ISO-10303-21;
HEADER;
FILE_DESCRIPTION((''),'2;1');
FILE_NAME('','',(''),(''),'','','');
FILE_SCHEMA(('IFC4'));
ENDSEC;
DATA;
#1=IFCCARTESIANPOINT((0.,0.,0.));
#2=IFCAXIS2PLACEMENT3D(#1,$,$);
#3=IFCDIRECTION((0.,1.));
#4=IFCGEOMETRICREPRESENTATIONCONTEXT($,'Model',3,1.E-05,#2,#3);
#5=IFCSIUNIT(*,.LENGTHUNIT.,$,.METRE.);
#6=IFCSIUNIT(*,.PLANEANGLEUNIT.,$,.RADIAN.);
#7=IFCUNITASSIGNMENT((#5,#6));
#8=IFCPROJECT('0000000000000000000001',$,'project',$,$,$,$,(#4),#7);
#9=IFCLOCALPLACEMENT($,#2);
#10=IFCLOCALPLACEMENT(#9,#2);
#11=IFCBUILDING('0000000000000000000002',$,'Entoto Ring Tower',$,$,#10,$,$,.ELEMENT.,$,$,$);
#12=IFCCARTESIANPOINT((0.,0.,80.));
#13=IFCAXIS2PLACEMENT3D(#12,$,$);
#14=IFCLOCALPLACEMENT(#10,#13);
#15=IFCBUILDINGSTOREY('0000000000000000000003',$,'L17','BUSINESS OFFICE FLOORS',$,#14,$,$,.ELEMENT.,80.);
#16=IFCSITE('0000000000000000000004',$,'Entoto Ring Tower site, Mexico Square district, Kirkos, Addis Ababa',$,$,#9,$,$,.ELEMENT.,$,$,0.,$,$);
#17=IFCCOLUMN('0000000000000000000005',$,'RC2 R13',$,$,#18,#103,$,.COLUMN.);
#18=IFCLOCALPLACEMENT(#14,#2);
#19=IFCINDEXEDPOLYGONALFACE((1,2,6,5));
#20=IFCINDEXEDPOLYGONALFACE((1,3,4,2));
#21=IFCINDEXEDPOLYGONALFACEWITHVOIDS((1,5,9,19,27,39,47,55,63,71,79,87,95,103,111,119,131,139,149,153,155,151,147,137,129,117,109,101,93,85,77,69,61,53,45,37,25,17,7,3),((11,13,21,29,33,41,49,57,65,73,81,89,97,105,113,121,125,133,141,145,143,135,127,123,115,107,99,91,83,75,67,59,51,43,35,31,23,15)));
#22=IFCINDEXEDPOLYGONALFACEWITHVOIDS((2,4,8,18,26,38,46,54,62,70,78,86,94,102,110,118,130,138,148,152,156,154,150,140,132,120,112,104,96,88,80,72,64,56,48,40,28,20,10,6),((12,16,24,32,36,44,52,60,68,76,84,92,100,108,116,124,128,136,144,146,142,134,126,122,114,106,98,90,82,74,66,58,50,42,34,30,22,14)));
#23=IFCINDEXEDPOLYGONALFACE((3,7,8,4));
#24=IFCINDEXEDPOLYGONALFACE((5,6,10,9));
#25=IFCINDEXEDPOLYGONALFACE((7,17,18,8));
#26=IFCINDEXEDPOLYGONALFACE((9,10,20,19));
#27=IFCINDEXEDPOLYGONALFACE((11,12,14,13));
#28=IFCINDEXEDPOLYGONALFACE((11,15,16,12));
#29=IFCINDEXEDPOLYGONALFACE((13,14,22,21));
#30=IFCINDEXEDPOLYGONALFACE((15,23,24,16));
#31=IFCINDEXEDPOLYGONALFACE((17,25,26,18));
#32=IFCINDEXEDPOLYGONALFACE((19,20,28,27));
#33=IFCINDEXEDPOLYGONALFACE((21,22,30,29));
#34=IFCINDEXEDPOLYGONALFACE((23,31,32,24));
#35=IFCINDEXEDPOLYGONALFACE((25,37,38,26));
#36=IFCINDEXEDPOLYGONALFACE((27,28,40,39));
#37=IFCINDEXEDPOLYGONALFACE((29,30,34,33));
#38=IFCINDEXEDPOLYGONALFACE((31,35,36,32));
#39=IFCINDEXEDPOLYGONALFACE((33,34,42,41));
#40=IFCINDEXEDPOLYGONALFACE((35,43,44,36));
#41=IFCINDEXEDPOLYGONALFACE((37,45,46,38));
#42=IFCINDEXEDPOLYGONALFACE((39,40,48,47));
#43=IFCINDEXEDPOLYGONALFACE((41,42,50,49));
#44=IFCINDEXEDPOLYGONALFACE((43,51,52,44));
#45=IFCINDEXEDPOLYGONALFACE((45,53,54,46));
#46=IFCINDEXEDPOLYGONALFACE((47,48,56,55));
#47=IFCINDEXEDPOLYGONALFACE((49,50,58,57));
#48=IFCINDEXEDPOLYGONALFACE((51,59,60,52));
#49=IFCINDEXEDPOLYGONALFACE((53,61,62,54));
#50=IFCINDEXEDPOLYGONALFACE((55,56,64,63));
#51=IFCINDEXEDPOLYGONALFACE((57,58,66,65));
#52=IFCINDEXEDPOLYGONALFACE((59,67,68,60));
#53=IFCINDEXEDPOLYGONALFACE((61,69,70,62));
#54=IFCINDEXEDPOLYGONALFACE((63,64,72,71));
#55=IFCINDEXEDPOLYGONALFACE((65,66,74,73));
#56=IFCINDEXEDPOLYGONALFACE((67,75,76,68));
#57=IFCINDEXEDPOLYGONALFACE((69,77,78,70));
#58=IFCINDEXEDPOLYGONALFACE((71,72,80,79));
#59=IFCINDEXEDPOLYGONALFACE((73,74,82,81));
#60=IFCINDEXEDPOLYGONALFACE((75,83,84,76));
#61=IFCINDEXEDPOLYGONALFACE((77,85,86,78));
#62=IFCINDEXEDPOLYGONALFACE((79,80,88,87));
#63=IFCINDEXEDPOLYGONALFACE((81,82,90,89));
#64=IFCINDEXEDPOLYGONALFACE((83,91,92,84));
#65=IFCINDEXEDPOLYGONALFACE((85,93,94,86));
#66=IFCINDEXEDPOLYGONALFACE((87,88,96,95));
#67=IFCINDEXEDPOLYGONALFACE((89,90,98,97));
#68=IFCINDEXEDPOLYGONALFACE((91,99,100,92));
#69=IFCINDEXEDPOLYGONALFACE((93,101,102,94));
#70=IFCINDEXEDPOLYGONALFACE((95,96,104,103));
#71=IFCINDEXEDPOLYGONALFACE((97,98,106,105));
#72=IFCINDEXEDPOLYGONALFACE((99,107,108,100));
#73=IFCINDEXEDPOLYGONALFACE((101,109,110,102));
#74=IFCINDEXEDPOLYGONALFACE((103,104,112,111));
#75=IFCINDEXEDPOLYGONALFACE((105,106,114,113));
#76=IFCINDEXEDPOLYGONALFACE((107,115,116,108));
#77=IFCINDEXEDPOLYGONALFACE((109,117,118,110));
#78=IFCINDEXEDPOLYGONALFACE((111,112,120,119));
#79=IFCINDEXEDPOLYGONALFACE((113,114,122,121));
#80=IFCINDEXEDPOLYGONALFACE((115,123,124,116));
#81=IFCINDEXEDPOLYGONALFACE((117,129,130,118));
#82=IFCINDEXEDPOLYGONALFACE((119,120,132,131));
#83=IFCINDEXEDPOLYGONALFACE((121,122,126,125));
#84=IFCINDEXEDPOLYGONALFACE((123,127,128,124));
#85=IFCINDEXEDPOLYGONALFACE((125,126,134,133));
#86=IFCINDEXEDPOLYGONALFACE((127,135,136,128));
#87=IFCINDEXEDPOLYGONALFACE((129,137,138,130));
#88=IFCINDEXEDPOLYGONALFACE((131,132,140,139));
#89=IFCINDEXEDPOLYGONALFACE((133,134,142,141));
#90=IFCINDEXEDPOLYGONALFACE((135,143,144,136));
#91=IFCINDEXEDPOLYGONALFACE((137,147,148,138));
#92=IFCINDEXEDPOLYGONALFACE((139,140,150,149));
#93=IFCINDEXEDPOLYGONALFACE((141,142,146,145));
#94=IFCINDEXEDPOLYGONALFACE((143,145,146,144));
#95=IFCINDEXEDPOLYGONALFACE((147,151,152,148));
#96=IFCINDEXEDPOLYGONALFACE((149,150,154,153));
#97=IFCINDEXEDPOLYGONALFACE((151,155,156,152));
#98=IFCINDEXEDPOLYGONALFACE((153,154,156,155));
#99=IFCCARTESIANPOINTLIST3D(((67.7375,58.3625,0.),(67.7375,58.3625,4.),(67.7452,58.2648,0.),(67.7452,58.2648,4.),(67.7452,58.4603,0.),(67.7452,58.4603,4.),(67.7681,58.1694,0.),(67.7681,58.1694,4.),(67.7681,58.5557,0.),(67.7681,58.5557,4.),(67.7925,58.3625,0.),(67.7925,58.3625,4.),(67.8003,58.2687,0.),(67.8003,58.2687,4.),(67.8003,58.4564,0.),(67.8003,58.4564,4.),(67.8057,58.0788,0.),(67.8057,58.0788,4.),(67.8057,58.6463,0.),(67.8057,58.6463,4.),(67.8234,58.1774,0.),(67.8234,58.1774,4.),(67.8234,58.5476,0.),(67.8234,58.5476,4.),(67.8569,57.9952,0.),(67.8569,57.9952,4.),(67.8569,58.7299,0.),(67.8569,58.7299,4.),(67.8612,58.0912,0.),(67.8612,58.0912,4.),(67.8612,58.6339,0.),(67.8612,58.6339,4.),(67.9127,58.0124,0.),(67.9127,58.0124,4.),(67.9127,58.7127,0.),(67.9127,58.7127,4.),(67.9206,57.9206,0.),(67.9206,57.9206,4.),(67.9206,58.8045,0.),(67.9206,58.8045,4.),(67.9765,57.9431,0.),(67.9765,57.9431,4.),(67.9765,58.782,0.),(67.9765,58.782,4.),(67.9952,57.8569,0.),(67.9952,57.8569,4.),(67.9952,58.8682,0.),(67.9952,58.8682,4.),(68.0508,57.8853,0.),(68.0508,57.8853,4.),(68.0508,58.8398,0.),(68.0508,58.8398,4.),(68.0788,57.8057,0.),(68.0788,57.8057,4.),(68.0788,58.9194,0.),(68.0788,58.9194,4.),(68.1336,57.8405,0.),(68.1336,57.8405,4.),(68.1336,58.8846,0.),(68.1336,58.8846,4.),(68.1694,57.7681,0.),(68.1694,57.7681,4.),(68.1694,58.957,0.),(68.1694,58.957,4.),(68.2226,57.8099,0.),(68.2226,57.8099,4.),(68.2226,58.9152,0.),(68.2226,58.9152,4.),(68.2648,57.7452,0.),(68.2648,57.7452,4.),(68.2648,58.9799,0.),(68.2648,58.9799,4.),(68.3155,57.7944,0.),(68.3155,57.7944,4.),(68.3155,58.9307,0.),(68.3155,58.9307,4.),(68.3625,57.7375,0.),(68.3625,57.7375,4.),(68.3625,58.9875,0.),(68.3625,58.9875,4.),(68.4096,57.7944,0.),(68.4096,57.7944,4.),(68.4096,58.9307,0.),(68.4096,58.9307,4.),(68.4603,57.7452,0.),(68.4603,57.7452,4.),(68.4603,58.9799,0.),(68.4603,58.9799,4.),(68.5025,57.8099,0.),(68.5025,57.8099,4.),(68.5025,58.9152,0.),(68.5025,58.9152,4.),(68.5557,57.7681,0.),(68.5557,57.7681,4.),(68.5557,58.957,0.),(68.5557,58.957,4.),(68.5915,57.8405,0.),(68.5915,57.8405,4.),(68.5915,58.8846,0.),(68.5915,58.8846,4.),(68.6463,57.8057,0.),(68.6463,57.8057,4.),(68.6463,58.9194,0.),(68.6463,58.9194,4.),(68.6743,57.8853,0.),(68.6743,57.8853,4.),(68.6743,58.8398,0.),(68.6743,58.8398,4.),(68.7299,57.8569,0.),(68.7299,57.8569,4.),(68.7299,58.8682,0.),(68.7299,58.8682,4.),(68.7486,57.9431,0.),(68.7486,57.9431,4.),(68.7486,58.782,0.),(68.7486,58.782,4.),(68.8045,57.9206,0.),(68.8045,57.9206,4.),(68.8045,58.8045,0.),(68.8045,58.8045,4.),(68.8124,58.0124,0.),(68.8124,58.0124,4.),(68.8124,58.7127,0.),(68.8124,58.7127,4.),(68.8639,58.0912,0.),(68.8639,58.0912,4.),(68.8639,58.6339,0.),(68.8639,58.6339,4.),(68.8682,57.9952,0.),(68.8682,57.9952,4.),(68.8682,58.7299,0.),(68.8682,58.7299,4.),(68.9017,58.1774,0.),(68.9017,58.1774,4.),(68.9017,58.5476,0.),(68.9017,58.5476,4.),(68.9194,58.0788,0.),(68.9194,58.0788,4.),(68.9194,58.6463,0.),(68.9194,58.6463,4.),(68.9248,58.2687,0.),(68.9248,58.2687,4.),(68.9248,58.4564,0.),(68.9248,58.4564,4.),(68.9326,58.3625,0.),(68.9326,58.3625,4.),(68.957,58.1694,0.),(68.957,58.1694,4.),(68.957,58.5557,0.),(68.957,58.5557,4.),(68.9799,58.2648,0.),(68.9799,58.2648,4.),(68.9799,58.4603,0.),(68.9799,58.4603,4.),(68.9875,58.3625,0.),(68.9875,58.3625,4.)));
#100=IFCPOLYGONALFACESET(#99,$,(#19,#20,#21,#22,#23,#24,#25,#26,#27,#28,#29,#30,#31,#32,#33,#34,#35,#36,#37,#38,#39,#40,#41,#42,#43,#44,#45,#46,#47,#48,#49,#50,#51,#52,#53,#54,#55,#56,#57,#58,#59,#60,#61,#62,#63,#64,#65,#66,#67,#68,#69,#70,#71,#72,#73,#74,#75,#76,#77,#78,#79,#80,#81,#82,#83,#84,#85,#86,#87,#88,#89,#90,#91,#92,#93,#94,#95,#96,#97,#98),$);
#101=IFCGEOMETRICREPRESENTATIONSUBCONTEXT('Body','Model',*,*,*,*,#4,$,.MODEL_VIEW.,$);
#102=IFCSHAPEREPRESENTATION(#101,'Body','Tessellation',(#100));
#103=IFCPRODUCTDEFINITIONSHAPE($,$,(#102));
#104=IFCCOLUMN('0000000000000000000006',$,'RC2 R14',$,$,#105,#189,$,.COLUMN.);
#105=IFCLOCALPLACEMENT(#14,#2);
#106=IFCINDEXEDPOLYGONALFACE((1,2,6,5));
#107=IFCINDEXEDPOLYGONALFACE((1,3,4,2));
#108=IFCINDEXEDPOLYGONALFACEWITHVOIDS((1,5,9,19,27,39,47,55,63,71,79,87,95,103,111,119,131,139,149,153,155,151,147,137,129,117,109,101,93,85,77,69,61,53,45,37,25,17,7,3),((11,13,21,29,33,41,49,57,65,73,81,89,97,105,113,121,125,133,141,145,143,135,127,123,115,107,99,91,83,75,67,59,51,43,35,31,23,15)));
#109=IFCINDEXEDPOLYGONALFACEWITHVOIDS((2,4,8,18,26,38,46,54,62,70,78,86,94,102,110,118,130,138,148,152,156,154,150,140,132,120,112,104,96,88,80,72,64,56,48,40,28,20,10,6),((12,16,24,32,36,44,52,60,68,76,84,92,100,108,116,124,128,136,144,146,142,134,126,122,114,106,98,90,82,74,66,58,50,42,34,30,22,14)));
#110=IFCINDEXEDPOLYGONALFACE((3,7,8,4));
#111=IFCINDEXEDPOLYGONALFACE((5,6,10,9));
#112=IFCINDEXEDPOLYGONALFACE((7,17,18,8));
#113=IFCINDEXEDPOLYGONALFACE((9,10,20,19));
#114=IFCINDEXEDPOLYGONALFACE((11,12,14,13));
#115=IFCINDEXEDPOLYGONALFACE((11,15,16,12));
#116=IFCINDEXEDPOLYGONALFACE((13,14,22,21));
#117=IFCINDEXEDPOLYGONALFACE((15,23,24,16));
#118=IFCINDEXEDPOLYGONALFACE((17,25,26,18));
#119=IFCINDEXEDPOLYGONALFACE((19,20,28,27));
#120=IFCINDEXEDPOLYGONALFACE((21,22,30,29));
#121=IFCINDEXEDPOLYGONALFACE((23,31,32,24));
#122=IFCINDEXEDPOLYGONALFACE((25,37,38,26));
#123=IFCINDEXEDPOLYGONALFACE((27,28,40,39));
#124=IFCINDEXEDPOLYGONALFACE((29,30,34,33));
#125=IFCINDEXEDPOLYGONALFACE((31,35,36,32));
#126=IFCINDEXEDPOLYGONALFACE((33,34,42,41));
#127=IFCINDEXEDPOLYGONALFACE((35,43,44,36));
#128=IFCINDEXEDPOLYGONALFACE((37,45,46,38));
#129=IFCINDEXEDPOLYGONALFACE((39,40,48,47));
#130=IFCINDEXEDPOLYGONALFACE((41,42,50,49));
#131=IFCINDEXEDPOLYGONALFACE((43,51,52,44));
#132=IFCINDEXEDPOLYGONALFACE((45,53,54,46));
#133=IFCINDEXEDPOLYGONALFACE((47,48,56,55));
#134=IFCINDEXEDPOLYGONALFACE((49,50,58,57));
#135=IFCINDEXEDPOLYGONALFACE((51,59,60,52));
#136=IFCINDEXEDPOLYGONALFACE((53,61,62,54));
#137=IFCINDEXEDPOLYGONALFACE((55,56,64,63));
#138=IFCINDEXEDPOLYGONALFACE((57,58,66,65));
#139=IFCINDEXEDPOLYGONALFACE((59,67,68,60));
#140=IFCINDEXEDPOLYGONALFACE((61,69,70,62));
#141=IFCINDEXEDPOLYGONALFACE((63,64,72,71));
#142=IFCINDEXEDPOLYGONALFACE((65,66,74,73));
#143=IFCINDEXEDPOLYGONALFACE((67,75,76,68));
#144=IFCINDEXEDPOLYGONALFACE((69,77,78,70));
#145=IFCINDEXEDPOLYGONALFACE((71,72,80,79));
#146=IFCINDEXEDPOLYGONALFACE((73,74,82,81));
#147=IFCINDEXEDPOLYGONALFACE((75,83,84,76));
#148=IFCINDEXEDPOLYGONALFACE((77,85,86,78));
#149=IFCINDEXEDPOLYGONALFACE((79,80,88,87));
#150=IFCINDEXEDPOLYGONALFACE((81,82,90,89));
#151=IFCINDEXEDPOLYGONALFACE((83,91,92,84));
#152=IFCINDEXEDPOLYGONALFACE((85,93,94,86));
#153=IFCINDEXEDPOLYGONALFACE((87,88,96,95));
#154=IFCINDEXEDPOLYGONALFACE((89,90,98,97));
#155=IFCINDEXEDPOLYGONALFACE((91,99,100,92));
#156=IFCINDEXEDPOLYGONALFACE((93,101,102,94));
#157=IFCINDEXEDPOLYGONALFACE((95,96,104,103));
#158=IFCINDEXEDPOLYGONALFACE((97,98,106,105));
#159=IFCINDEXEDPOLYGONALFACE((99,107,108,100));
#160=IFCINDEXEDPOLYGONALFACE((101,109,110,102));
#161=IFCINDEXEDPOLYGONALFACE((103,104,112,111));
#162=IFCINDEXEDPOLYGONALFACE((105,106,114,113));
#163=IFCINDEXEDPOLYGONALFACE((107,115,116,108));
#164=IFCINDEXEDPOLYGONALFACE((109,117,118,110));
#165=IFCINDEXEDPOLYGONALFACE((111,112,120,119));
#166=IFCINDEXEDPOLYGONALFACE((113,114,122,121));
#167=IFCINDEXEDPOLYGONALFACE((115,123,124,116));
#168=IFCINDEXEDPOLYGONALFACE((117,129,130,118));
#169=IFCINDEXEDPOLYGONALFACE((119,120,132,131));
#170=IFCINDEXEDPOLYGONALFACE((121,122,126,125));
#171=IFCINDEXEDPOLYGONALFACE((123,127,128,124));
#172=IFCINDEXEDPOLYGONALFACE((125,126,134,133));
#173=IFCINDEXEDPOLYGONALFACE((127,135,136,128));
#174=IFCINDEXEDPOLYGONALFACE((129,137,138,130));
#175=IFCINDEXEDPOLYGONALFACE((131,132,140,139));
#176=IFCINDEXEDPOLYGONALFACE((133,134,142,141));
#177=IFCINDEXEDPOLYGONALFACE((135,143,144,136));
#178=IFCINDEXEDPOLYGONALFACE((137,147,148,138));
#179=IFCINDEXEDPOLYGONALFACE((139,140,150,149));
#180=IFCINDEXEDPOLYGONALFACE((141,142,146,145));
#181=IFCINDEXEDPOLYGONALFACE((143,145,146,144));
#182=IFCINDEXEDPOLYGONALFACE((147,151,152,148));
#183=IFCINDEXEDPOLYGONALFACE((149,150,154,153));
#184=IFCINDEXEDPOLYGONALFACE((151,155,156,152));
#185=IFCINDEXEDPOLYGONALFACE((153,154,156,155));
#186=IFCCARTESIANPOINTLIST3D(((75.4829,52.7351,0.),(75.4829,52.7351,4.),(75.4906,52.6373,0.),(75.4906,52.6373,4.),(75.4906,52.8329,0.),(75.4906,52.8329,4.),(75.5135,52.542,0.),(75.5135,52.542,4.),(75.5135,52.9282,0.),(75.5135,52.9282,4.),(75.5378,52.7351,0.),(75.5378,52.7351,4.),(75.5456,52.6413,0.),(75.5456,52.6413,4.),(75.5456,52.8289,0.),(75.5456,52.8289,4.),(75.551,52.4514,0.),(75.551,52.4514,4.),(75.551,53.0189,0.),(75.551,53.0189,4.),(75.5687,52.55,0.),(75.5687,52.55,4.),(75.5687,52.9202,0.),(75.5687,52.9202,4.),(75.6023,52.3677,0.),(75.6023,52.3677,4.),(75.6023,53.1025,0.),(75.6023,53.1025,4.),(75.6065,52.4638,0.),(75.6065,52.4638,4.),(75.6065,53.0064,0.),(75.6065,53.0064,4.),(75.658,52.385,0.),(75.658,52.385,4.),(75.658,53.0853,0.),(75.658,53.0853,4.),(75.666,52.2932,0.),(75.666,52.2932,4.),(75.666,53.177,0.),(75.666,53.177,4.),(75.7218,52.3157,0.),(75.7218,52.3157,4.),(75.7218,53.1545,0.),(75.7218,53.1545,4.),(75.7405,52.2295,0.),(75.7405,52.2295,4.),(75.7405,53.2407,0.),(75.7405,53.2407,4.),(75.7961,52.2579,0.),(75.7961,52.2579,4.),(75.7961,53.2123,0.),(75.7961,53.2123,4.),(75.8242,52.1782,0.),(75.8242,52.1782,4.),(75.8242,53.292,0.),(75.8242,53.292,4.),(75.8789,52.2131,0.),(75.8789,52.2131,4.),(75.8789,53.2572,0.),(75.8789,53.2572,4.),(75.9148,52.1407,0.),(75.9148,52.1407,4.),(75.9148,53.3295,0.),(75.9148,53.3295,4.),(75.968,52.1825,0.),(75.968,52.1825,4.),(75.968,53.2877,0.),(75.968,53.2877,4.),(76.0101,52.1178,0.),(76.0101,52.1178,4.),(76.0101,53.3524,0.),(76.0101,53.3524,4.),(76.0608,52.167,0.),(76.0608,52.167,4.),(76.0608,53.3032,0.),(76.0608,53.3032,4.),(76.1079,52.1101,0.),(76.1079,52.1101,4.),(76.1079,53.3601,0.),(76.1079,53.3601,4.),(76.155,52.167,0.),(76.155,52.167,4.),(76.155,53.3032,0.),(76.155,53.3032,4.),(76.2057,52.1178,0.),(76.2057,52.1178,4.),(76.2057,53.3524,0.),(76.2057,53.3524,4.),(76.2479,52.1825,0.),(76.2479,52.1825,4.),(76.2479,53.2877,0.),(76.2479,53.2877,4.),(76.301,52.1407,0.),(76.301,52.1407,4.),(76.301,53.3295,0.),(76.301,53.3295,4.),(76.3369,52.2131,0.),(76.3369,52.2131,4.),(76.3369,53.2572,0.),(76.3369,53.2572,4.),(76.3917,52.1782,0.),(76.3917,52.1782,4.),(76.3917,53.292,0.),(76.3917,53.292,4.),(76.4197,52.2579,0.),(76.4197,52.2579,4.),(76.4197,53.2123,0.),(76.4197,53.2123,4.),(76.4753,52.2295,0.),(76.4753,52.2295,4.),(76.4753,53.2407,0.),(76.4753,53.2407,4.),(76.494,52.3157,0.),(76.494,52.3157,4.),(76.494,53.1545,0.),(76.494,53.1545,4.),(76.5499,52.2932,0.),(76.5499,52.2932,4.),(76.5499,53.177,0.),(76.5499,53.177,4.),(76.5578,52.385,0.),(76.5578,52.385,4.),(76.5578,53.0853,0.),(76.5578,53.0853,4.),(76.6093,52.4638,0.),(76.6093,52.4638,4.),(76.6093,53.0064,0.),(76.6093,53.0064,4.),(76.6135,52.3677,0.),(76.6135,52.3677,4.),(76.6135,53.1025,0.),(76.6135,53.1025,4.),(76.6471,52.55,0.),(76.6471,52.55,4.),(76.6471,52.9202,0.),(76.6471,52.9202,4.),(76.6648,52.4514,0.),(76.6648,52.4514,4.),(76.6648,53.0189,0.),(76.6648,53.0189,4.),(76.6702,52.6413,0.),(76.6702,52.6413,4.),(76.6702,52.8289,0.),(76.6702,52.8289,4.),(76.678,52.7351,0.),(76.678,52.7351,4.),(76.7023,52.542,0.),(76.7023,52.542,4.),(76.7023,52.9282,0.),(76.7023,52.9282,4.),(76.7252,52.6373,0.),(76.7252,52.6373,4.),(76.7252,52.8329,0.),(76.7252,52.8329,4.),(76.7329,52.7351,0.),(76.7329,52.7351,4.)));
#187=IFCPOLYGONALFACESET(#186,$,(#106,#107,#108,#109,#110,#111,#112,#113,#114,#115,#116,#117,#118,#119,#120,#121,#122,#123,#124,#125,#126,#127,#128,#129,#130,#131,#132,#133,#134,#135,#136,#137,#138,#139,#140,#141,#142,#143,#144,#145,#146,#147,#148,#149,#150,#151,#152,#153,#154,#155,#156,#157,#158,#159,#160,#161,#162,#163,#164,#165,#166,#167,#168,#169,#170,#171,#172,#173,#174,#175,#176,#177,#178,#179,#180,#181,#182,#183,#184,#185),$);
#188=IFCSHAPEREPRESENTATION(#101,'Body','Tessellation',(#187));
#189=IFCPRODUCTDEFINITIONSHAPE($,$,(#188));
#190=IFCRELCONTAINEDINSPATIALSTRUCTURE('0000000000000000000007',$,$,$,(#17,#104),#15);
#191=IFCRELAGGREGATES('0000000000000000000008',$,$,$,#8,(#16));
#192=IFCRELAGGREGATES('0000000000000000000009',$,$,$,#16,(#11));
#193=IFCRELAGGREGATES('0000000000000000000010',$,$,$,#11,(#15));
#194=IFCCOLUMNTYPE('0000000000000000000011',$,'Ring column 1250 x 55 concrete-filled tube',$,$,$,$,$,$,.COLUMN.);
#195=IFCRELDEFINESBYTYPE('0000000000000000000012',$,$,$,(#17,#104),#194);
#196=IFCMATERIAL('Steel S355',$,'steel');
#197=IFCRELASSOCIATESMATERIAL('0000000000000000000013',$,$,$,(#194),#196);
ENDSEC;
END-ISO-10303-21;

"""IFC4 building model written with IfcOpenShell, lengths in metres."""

from ifc_helpers import new_model, si_unit, direction, frame, origin, origin_2d, place, context, subcontext, project, spatial, circle, hollow_circle, extrude, material, material_profile, profile_set, type_object, element, save


model = new_model("IFC4")

# Units and contexts
model_context = context("Model", 3, precision=1e-05, world=origin(), true_north=direction((0.0, 1.0)))
body_context = subcontext(model_context, "Body", "Model", "MODEL_VIEW")
ifc_project = project(units=[si_unit("LENGTHUNIT", "METRE"), si_unit("PLANEANGLEUNIT", "RADIAN")], contexts=[model_context])

# Site, building, storey
site_placement = place(None, origin())
site = spatial("IfcSite", under=ifc_project, at=site_placement, Name="Entoto Ring Tower site, Mexico Square district, Kirkos, Addis Ababa", CompositionType="ELEMENT", RefElevation=0.0)
building_placement = place(site_placement, origin())
building = spatial("IfcBuilding", under=site, at=building_placement, Name="Entoto Ring Tower", CompositionType="ELEMENT")
storey_placement = place(building_placement, frame((0.0, 0.0, 80.0)))
storey = spatial("IfcBuildingStorey", under=building, at=storey_placement, Name="L17", Description="BUSINESS OFFICE FLOORS", CompositionType="ELEMENT", Elevation=80.0)

# Columns
ifc_material_1 = material(Name="Steel S355", Category="steel")
ifc_material_profile_1 = material_profile(ifc_material_1, hollow_circle(Radius=0.625, WallThickness=0.0549, at=origin_2d()), Name="CHS 1250 x 55")
ifc_material_2 = material(Name="Concrete C60/75", Category="concrete")
ifc_material_profile_2 = material_profile(ifc_material_2, circle(Radius=0.5701, at=origin_2d()), Name="Concrete C60/75 infill")
ifc_profile_set_1 = profile_set([ifc_material_profile_1, ifc_material_profile_2], Name="Steel S355")
column_type = type_object("IfcColumnType", Name="Ring column 1250 x 55 concrete-filled tube", PredefinedType="COLUMN", material=ifc_profile_set_1)
for number, where, z_axis, x_axis, name in (
    (1, (68.3625, 58.3625, 0.0), (0.0, 0.0, 1.0), (1.0, 0.0, 0.0), "RC2 R13"),
    (2, (76.1079, 52.7351, 0.0), (0.0, 0.0, 1.0), (1.0, 0.0, 0.0), "RC2 R14"),
):
    element("IfcColumn", number, at=place(storey_placement, frame(where, z_axis=z_axis, x_axis=x_axis)), inside=storey, type_object=column_type, Name=name, PredefinedType="COLUMN", context=body_context, shape_type="SweptSolid", body=[
        extrude(hollow_circle(Radius=0.625, WallThickness=0.0549, at=origin_2d()), origin(), (0.0, 0.0, 1.0), 4.0),
    ])

save(model, "model.ifc")
